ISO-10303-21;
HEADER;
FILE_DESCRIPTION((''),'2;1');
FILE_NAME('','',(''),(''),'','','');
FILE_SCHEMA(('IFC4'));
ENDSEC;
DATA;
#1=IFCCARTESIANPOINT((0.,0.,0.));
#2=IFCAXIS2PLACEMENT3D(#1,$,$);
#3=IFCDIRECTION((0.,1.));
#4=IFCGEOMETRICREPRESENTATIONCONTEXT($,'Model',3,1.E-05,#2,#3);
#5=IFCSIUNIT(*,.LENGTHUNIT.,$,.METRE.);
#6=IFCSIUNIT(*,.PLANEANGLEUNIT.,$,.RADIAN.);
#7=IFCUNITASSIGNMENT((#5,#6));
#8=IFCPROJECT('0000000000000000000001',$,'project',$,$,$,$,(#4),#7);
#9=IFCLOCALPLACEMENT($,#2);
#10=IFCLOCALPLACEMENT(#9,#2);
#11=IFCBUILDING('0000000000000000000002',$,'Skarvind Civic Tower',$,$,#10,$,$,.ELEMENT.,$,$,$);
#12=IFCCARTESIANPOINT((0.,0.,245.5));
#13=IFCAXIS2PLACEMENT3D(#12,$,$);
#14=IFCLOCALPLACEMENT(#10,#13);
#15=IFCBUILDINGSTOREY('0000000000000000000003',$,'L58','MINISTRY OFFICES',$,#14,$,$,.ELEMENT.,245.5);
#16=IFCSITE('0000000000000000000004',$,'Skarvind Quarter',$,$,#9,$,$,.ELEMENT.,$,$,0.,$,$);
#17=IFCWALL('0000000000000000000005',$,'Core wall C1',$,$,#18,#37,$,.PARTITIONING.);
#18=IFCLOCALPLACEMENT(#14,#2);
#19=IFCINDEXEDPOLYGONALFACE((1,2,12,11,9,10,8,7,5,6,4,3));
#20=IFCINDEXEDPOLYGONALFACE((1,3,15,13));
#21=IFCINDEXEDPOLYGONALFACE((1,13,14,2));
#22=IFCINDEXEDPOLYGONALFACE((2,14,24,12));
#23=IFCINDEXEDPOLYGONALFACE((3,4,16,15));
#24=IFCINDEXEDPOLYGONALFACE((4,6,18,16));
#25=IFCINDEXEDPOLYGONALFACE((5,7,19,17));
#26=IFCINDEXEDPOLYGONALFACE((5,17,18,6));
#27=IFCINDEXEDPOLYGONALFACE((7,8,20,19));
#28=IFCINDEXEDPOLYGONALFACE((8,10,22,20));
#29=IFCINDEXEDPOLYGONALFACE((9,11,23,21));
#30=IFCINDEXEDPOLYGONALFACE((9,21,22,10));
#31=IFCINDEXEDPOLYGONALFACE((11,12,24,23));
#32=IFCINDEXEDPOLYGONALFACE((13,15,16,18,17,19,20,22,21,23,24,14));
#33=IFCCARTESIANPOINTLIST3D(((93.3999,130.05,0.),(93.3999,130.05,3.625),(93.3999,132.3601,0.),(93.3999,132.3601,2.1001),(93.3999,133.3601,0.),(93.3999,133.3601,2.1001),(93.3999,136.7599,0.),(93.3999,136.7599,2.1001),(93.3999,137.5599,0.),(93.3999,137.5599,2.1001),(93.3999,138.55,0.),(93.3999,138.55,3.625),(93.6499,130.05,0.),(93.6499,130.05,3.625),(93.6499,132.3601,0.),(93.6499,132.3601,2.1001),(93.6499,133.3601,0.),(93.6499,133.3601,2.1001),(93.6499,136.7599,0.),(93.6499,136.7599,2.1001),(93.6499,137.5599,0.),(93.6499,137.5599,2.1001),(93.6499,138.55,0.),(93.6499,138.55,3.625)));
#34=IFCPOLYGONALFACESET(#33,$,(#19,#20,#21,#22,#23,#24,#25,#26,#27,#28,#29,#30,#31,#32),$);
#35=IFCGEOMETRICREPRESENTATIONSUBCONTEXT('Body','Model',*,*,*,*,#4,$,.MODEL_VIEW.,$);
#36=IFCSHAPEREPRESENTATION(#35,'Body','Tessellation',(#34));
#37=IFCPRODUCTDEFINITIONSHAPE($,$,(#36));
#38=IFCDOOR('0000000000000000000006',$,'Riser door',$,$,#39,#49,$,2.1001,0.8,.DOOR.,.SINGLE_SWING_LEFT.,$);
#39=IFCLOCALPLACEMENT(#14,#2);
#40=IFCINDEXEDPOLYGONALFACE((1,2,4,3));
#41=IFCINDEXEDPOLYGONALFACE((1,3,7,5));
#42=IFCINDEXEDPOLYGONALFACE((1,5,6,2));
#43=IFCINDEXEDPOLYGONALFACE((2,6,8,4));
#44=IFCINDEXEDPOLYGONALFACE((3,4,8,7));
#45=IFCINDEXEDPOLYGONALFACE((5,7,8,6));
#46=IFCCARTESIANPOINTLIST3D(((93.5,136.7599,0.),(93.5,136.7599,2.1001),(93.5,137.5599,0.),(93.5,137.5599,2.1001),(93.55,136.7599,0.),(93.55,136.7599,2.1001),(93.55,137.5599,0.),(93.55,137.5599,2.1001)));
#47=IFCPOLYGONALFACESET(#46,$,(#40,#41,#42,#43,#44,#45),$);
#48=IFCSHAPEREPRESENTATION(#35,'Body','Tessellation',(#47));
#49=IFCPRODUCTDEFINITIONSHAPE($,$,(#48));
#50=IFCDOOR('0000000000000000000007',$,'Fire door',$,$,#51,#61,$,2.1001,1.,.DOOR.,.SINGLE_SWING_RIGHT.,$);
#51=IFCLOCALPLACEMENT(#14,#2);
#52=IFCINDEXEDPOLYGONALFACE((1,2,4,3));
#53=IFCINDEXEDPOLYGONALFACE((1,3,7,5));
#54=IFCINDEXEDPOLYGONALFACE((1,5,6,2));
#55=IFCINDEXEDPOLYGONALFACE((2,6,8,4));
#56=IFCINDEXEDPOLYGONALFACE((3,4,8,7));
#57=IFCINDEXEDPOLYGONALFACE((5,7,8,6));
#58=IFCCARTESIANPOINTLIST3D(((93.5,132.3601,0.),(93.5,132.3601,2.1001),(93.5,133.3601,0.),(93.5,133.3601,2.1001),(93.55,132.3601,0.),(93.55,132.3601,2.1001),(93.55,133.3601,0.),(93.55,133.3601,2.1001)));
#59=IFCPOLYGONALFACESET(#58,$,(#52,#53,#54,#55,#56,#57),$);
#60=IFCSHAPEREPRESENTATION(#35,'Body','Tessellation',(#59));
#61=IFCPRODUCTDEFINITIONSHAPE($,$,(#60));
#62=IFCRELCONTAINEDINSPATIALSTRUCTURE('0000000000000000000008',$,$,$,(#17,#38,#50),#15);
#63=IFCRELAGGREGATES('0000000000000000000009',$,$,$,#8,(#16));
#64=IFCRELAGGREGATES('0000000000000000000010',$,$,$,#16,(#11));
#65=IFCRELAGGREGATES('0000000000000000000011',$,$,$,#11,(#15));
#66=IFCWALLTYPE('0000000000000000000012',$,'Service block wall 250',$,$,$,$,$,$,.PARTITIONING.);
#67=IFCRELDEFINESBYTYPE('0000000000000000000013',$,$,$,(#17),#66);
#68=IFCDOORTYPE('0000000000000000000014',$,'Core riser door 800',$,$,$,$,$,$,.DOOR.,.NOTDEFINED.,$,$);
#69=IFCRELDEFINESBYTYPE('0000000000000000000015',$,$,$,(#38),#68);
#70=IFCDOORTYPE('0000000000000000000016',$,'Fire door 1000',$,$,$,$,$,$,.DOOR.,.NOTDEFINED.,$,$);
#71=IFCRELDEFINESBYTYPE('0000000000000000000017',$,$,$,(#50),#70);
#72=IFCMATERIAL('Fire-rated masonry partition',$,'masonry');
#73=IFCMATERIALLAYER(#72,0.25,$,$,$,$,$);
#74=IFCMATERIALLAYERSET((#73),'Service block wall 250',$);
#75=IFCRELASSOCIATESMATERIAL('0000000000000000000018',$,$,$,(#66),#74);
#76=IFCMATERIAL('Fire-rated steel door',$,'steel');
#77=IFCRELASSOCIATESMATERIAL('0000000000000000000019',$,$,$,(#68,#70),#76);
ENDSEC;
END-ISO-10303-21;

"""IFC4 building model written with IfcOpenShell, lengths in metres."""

from ifc_helpers import new_model, si_unit, direction, frame, frame_2d, origin, place, context, subcontext, project, spatial, rectangle, extrude, material, layer, layer_set, type_object, element, fill, save


model = new_model("IFC4")

# Units and contexts
model_context = context("Model", 3, precision=1e-05, world=origin(), true_north=direction((0.0, 1.0)))
body_context = subcontext(model_context, "Body", "Model", "MODEL_VIEW")
ifc_project = project(units=[si_unit("LENGTHUNIT", "METRE"), si_unit("PLANEANGLEUNIT", "RADIAN")], contexts=[model_context])

# Site, building, storey
site_placement = place(None, origin())
site = spatial("IfcSite", under=ifc_project, at=site_placement, Name="Skarvind Quarter", CompositionType="ELEMENT", RefElevation=0.0)
building_placement = place(site_placement, origin())
building = spatial("IfcBuilding", under=site, at=building_placement, Name="Skarvind Civic Tower", CompositionType="ELEMENT")
storey_placement = place(building_placement, frame((0.0, 0.0, 245.5)))
storey = spatial("IfcBuildingStorey", under=building, at=storey_placement, Name="L58", Description="MINISTRY OFFICES", CompositionType="ELEMENT", Elevation=245.5)

# Shared definitions
ifc_material_1 = material(Name="Fire-rated masonry partition", Category="masonry")
ifc_material_2 = material(Name="Fire-rated steel door", Category="steel")

# Wall, openings, doors
ifc_layer_1 = layer(ifc_material_1, 0.25)
ifc_layer_set_1 = layer_set([ifc_layer_1], Name="Service block wall 250")
wall_type_1 = type_object("IfcWallType", Name="Service block wall 250", PredefinedType="PARTITIONING", material=ifc_layer_set_1)
wall_1_placement = place(storey_placement, frame((93.5249, 130.05, 0.0), z_axis=(0.0, 0.0, 1.0), x_axis=(0.0, 1.0, 0.0)))
wall_1 = element("IfcWall", 1, at=wall_1_placement, inside=storey, type_object=wall_type_1, Name="Core wall C1", PredefinedType="PARTITIONING", context=body_context, shape_type="SweptSolid", body=[
    extrude(rectangle(XDim=8.5, YDim=0.25, at=frame_2d((4.25, 0.0))), origin(), (0.0, 0.0, 1.0), 3.625),
])
opening_1_placement = place(wall_1_placement, frame((2.3101, 0.0, 0.0)))
opening_1 = element("IfcOpeningElement", 2, at=opening_1_placement, cuts=wall_1, PredefinedType="OPENING", context=body_context, shape_type="SweptSolid", body=[
    extrude(rectangle(XDim=1.0, YDim=2.1001, at=frame_2d((0.5, 1.05))), frame((0.0, 0.135, 0.0), z_axis=(0.0, -1.0, 0.0), x_axis=(1.0, 0.0, 0.0)), (0.0, 0.0, 1.0), 0.27),
])
opening_2_placement = place(wall_1_placement, frame((6.71, 0.0, 0.0)))
opening_2 = element("IfcOpeningElement", 3, at=opening_2_placement, cuts=wall_1, PredefinedType="OPENING", context=body_context, shape_type="SweptSolid", body=[
    extrude(rectangle(XDim=0.8, YDim=2.1001, at=frame_2d((0.3999, 1.05))), frame((0.0, 0.135, 0.0), z_axis=(0.0, -1.0, 0.0), x_axis=(1.0, 0.0, 0.0)), (0.0, 0.0, 1.0), 0.27),
])
door_type_1 = type_object("IfcDoorType", Name="Core riser door 800", OperationType="NOTDEFINED", PredefinedType="DOOR", material=ifc_material_2)
door_1_placement = place(opening_2_placement, origin())
door_1 = element("IfcDoor", 4, at=door_1_placement, inside=storey, type_object=door_type_1, Name="Riser door", OperationType="SINGLE_SWING_LEFT", OverallHeight=2.1001, OverallWidth=0.8, PredefinedType="DOOR", context=body_context, shape_type="SweptSolid", body=[
    extrude(rectangle(XDim=0.8, YDim=2.1001, at=frame_2d((0.3999, 1.05))), frame((0.0, 0.0249, 0.0), z_axis=(0.0, -1.0, 0.0), x_axis=(1.0, 0.0, 0.0)), (0.0, 0.0, 1.0), 0.05),
])
fill(opening_2, door_1)
door_type_2 = type_object("IfcDoorType", Name="Fire door 1000", OperationType="NOTDEFINED", PredefinedType="DOOR", material=ifc_material_2)
door_2_placement = place(opening_1_placement, origin())
door_2 = element("IfcDoor", 5, at=door_2_placement, inside=storey, type_object=door_type_2, Name="Fire door", OperationType="SINGLE_SWING_RIGHT", OverallHeight=2.1001, OverallWidth=1.0, PredefinedType="DOOR", context=body_context, shape_type="SweptSolid", body=[
    extrude(rectangle(XDim=1.0, YDim=2.1001, at=frame_2d((0.5, 1.05))), frame((0.0, 0.0249, 0.0), z_axis=(0.0, -1.0, 0.0), x_axis=(1.0, 0.0, 0.0)), (0.0, 0.0, 1.0), 0.05),
])
fill(opening_1, door_2)

save(model, "model.ifc")
